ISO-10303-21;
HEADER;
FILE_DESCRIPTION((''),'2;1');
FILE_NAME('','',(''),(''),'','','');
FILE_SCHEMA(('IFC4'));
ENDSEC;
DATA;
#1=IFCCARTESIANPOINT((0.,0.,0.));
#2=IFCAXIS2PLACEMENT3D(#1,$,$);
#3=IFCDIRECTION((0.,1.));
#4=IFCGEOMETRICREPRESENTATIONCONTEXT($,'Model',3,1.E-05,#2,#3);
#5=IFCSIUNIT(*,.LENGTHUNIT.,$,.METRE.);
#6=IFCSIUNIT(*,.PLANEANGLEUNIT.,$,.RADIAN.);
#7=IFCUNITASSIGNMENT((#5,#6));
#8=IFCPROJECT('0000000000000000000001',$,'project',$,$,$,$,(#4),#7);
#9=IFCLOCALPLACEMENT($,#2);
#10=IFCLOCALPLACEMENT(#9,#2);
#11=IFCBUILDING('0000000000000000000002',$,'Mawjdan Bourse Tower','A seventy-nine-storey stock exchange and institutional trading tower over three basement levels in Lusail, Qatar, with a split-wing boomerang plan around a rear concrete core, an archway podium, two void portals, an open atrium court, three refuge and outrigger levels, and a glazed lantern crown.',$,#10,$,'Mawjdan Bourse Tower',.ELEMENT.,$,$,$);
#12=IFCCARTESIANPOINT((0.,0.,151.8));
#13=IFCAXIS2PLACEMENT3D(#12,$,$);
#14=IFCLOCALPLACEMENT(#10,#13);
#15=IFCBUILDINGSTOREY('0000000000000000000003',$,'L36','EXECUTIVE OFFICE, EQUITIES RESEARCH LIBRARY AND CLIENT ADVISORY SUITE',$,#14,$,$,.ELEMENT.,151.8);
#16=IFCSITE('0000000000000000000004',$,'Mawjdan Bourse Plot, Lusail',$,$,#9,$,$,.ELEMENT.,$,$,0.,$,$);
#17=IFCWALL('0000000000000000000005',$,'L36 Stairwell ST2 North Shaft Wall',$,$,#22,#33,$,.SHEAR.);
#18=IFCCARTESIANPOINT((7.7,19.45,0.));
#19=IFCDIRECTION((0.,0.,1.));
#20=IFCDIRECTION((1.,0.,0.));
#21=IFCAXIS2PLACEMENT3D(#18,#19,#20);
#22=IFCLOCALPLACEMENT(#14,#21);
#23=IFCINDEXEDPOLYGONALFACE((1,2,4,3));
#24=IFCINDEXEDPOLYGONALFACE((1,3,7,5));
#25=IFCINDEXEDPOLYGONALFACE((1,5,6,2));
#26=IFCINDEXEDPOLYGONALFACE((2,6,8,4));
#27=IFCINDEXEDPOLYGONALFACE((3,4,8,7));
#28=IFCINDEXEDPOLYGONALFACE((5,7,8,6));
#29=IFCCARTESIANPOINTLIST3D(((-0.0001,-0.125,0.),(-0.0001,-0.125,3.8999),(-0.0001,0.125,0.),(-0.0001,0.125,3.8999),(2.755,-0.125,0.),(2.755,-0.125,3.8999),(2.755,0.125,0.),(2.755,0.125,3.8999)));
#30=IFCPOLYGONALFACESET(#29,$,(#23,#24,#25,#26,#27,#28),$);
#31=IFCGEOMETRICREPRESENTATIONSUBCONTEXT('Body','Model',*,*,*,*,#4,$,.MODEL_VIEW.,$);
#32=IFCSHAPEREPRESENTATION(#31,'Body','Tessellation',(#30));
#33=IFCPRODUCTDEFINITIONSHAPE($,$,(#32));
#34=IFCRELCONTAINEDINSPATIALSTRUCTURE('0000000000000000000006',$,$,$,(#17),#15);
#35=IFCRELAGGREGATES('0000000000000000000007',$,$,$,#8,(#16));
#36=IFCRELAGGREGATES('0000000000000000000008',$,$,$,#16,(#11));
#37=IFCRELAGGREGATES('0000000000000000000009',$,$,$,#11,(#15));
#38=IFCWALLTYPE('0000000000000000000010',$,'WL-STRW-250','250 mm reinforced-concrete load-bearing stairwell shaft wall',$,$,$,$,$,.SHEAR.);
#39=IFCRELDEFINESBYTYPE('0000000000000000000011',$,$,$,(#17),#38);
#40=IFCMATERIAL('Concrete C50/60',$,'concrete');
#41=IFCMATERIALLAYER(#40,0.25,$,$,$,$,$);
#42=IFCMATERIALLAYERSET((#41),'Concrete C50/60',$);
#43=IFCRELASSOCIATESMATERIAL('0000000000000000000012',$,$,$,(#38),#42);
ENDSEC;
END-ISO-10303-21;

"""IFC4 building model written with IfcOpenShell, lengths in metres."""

from ifc_helpers import new_model, si_unit, direction, frame, frame_2d, origin, place, context, subcontext, project, spatial, rectangle, extrude, material, layer, layer_set, type_object, element, save


model = new_model("IFC4")

# Units and contexts
model_context = context("Model", 3, precision=1e-05, world=origin(), true_north=direction((0.0, 1.0)))
body_context = subcontext(model_context, "Body", "Model", "MODEL_VIEW")
ifc_project = project(units=[si_unit("LENGTHUNIT", "METRE"), si_unit("PLANEANGLEUNIT", "RADIAN")], contexts=[model_context])

# Site, building, storey
site_placement = place(None, origin())
site = spatial("IfcSite", under=ifc_project, at=site_placement, Name="Mawjdan Bourse Plot, Lusail", CompositionType="ELEMENT", RefElevation=0.0)
building_placement = place(site_placement, origin())
building = spatial("IfcBuilding", under=site, at=building_placement, Name="Mawjdan Bourse Tower", Description="A seventy-nine-storey stock exchange and institutional trading tower over three basement levels in Lusail, Qatar, with a split-wing boomerang plan around a rear concrete core, an archway podium, two void portals, an open atrium court, three refuge and outrigger levels, and a glazed lantern crown.", LongName="Mawjdan Bourse Tower", CompositionType="ELEMENT")
storey_placement = place(building_placement, frame((0.0, 0.0, 151.8)))
storey = spatial("IfcBuildingStorey", under=building, at=storey_placement, Name="L36", Description="EXECUTIVE OFFICE, EQUITIES RESEARCH LIBRARY AND CLIENT ADVISORY SUITE", CompositionType="ELEMENT", Elevation=151.8)

# Wall
ifc_material_1 = material(Name="Concrete C50/60", Category="concrete")
ifc_layer_1 = layer(ifc_material_1, 0.25)
ifc_layer_set_1 = layer_set([ifc_layer_1], Name="Concrete C50/60")
wall_type_1 = type_object("IfcWallType", Name="WL-STRW-250", Description="250 mm reinforced-concrete load-bearing stairwell shaft wall", PredefinedType="SHEAR", material=ifc_layer_set_1)
wall_1_placement = place(storey_placement, frame((7.7, 19.45, 0.0), z_axis=(0.0, 0.0, 1.0), x_axis=(1.0, 0.0, 0.0)))
element("IfcWall", 1, at=wall_1_placement, inside=storey, type_object=wall_type_1, Name="L36 Stairwell ST2 North Shaft Wall", PredefinedType="SHEAR", context=body_context, shape_type="SweptSolid", body=[
    extrude(rectangle(XDim=2.7551, YDim=0.25, at=frame_2d((1.3774, 0.0))), origin(), (0.0, 0.0, 1.0), 3.8999),
])

save(model, "model.ifc")
